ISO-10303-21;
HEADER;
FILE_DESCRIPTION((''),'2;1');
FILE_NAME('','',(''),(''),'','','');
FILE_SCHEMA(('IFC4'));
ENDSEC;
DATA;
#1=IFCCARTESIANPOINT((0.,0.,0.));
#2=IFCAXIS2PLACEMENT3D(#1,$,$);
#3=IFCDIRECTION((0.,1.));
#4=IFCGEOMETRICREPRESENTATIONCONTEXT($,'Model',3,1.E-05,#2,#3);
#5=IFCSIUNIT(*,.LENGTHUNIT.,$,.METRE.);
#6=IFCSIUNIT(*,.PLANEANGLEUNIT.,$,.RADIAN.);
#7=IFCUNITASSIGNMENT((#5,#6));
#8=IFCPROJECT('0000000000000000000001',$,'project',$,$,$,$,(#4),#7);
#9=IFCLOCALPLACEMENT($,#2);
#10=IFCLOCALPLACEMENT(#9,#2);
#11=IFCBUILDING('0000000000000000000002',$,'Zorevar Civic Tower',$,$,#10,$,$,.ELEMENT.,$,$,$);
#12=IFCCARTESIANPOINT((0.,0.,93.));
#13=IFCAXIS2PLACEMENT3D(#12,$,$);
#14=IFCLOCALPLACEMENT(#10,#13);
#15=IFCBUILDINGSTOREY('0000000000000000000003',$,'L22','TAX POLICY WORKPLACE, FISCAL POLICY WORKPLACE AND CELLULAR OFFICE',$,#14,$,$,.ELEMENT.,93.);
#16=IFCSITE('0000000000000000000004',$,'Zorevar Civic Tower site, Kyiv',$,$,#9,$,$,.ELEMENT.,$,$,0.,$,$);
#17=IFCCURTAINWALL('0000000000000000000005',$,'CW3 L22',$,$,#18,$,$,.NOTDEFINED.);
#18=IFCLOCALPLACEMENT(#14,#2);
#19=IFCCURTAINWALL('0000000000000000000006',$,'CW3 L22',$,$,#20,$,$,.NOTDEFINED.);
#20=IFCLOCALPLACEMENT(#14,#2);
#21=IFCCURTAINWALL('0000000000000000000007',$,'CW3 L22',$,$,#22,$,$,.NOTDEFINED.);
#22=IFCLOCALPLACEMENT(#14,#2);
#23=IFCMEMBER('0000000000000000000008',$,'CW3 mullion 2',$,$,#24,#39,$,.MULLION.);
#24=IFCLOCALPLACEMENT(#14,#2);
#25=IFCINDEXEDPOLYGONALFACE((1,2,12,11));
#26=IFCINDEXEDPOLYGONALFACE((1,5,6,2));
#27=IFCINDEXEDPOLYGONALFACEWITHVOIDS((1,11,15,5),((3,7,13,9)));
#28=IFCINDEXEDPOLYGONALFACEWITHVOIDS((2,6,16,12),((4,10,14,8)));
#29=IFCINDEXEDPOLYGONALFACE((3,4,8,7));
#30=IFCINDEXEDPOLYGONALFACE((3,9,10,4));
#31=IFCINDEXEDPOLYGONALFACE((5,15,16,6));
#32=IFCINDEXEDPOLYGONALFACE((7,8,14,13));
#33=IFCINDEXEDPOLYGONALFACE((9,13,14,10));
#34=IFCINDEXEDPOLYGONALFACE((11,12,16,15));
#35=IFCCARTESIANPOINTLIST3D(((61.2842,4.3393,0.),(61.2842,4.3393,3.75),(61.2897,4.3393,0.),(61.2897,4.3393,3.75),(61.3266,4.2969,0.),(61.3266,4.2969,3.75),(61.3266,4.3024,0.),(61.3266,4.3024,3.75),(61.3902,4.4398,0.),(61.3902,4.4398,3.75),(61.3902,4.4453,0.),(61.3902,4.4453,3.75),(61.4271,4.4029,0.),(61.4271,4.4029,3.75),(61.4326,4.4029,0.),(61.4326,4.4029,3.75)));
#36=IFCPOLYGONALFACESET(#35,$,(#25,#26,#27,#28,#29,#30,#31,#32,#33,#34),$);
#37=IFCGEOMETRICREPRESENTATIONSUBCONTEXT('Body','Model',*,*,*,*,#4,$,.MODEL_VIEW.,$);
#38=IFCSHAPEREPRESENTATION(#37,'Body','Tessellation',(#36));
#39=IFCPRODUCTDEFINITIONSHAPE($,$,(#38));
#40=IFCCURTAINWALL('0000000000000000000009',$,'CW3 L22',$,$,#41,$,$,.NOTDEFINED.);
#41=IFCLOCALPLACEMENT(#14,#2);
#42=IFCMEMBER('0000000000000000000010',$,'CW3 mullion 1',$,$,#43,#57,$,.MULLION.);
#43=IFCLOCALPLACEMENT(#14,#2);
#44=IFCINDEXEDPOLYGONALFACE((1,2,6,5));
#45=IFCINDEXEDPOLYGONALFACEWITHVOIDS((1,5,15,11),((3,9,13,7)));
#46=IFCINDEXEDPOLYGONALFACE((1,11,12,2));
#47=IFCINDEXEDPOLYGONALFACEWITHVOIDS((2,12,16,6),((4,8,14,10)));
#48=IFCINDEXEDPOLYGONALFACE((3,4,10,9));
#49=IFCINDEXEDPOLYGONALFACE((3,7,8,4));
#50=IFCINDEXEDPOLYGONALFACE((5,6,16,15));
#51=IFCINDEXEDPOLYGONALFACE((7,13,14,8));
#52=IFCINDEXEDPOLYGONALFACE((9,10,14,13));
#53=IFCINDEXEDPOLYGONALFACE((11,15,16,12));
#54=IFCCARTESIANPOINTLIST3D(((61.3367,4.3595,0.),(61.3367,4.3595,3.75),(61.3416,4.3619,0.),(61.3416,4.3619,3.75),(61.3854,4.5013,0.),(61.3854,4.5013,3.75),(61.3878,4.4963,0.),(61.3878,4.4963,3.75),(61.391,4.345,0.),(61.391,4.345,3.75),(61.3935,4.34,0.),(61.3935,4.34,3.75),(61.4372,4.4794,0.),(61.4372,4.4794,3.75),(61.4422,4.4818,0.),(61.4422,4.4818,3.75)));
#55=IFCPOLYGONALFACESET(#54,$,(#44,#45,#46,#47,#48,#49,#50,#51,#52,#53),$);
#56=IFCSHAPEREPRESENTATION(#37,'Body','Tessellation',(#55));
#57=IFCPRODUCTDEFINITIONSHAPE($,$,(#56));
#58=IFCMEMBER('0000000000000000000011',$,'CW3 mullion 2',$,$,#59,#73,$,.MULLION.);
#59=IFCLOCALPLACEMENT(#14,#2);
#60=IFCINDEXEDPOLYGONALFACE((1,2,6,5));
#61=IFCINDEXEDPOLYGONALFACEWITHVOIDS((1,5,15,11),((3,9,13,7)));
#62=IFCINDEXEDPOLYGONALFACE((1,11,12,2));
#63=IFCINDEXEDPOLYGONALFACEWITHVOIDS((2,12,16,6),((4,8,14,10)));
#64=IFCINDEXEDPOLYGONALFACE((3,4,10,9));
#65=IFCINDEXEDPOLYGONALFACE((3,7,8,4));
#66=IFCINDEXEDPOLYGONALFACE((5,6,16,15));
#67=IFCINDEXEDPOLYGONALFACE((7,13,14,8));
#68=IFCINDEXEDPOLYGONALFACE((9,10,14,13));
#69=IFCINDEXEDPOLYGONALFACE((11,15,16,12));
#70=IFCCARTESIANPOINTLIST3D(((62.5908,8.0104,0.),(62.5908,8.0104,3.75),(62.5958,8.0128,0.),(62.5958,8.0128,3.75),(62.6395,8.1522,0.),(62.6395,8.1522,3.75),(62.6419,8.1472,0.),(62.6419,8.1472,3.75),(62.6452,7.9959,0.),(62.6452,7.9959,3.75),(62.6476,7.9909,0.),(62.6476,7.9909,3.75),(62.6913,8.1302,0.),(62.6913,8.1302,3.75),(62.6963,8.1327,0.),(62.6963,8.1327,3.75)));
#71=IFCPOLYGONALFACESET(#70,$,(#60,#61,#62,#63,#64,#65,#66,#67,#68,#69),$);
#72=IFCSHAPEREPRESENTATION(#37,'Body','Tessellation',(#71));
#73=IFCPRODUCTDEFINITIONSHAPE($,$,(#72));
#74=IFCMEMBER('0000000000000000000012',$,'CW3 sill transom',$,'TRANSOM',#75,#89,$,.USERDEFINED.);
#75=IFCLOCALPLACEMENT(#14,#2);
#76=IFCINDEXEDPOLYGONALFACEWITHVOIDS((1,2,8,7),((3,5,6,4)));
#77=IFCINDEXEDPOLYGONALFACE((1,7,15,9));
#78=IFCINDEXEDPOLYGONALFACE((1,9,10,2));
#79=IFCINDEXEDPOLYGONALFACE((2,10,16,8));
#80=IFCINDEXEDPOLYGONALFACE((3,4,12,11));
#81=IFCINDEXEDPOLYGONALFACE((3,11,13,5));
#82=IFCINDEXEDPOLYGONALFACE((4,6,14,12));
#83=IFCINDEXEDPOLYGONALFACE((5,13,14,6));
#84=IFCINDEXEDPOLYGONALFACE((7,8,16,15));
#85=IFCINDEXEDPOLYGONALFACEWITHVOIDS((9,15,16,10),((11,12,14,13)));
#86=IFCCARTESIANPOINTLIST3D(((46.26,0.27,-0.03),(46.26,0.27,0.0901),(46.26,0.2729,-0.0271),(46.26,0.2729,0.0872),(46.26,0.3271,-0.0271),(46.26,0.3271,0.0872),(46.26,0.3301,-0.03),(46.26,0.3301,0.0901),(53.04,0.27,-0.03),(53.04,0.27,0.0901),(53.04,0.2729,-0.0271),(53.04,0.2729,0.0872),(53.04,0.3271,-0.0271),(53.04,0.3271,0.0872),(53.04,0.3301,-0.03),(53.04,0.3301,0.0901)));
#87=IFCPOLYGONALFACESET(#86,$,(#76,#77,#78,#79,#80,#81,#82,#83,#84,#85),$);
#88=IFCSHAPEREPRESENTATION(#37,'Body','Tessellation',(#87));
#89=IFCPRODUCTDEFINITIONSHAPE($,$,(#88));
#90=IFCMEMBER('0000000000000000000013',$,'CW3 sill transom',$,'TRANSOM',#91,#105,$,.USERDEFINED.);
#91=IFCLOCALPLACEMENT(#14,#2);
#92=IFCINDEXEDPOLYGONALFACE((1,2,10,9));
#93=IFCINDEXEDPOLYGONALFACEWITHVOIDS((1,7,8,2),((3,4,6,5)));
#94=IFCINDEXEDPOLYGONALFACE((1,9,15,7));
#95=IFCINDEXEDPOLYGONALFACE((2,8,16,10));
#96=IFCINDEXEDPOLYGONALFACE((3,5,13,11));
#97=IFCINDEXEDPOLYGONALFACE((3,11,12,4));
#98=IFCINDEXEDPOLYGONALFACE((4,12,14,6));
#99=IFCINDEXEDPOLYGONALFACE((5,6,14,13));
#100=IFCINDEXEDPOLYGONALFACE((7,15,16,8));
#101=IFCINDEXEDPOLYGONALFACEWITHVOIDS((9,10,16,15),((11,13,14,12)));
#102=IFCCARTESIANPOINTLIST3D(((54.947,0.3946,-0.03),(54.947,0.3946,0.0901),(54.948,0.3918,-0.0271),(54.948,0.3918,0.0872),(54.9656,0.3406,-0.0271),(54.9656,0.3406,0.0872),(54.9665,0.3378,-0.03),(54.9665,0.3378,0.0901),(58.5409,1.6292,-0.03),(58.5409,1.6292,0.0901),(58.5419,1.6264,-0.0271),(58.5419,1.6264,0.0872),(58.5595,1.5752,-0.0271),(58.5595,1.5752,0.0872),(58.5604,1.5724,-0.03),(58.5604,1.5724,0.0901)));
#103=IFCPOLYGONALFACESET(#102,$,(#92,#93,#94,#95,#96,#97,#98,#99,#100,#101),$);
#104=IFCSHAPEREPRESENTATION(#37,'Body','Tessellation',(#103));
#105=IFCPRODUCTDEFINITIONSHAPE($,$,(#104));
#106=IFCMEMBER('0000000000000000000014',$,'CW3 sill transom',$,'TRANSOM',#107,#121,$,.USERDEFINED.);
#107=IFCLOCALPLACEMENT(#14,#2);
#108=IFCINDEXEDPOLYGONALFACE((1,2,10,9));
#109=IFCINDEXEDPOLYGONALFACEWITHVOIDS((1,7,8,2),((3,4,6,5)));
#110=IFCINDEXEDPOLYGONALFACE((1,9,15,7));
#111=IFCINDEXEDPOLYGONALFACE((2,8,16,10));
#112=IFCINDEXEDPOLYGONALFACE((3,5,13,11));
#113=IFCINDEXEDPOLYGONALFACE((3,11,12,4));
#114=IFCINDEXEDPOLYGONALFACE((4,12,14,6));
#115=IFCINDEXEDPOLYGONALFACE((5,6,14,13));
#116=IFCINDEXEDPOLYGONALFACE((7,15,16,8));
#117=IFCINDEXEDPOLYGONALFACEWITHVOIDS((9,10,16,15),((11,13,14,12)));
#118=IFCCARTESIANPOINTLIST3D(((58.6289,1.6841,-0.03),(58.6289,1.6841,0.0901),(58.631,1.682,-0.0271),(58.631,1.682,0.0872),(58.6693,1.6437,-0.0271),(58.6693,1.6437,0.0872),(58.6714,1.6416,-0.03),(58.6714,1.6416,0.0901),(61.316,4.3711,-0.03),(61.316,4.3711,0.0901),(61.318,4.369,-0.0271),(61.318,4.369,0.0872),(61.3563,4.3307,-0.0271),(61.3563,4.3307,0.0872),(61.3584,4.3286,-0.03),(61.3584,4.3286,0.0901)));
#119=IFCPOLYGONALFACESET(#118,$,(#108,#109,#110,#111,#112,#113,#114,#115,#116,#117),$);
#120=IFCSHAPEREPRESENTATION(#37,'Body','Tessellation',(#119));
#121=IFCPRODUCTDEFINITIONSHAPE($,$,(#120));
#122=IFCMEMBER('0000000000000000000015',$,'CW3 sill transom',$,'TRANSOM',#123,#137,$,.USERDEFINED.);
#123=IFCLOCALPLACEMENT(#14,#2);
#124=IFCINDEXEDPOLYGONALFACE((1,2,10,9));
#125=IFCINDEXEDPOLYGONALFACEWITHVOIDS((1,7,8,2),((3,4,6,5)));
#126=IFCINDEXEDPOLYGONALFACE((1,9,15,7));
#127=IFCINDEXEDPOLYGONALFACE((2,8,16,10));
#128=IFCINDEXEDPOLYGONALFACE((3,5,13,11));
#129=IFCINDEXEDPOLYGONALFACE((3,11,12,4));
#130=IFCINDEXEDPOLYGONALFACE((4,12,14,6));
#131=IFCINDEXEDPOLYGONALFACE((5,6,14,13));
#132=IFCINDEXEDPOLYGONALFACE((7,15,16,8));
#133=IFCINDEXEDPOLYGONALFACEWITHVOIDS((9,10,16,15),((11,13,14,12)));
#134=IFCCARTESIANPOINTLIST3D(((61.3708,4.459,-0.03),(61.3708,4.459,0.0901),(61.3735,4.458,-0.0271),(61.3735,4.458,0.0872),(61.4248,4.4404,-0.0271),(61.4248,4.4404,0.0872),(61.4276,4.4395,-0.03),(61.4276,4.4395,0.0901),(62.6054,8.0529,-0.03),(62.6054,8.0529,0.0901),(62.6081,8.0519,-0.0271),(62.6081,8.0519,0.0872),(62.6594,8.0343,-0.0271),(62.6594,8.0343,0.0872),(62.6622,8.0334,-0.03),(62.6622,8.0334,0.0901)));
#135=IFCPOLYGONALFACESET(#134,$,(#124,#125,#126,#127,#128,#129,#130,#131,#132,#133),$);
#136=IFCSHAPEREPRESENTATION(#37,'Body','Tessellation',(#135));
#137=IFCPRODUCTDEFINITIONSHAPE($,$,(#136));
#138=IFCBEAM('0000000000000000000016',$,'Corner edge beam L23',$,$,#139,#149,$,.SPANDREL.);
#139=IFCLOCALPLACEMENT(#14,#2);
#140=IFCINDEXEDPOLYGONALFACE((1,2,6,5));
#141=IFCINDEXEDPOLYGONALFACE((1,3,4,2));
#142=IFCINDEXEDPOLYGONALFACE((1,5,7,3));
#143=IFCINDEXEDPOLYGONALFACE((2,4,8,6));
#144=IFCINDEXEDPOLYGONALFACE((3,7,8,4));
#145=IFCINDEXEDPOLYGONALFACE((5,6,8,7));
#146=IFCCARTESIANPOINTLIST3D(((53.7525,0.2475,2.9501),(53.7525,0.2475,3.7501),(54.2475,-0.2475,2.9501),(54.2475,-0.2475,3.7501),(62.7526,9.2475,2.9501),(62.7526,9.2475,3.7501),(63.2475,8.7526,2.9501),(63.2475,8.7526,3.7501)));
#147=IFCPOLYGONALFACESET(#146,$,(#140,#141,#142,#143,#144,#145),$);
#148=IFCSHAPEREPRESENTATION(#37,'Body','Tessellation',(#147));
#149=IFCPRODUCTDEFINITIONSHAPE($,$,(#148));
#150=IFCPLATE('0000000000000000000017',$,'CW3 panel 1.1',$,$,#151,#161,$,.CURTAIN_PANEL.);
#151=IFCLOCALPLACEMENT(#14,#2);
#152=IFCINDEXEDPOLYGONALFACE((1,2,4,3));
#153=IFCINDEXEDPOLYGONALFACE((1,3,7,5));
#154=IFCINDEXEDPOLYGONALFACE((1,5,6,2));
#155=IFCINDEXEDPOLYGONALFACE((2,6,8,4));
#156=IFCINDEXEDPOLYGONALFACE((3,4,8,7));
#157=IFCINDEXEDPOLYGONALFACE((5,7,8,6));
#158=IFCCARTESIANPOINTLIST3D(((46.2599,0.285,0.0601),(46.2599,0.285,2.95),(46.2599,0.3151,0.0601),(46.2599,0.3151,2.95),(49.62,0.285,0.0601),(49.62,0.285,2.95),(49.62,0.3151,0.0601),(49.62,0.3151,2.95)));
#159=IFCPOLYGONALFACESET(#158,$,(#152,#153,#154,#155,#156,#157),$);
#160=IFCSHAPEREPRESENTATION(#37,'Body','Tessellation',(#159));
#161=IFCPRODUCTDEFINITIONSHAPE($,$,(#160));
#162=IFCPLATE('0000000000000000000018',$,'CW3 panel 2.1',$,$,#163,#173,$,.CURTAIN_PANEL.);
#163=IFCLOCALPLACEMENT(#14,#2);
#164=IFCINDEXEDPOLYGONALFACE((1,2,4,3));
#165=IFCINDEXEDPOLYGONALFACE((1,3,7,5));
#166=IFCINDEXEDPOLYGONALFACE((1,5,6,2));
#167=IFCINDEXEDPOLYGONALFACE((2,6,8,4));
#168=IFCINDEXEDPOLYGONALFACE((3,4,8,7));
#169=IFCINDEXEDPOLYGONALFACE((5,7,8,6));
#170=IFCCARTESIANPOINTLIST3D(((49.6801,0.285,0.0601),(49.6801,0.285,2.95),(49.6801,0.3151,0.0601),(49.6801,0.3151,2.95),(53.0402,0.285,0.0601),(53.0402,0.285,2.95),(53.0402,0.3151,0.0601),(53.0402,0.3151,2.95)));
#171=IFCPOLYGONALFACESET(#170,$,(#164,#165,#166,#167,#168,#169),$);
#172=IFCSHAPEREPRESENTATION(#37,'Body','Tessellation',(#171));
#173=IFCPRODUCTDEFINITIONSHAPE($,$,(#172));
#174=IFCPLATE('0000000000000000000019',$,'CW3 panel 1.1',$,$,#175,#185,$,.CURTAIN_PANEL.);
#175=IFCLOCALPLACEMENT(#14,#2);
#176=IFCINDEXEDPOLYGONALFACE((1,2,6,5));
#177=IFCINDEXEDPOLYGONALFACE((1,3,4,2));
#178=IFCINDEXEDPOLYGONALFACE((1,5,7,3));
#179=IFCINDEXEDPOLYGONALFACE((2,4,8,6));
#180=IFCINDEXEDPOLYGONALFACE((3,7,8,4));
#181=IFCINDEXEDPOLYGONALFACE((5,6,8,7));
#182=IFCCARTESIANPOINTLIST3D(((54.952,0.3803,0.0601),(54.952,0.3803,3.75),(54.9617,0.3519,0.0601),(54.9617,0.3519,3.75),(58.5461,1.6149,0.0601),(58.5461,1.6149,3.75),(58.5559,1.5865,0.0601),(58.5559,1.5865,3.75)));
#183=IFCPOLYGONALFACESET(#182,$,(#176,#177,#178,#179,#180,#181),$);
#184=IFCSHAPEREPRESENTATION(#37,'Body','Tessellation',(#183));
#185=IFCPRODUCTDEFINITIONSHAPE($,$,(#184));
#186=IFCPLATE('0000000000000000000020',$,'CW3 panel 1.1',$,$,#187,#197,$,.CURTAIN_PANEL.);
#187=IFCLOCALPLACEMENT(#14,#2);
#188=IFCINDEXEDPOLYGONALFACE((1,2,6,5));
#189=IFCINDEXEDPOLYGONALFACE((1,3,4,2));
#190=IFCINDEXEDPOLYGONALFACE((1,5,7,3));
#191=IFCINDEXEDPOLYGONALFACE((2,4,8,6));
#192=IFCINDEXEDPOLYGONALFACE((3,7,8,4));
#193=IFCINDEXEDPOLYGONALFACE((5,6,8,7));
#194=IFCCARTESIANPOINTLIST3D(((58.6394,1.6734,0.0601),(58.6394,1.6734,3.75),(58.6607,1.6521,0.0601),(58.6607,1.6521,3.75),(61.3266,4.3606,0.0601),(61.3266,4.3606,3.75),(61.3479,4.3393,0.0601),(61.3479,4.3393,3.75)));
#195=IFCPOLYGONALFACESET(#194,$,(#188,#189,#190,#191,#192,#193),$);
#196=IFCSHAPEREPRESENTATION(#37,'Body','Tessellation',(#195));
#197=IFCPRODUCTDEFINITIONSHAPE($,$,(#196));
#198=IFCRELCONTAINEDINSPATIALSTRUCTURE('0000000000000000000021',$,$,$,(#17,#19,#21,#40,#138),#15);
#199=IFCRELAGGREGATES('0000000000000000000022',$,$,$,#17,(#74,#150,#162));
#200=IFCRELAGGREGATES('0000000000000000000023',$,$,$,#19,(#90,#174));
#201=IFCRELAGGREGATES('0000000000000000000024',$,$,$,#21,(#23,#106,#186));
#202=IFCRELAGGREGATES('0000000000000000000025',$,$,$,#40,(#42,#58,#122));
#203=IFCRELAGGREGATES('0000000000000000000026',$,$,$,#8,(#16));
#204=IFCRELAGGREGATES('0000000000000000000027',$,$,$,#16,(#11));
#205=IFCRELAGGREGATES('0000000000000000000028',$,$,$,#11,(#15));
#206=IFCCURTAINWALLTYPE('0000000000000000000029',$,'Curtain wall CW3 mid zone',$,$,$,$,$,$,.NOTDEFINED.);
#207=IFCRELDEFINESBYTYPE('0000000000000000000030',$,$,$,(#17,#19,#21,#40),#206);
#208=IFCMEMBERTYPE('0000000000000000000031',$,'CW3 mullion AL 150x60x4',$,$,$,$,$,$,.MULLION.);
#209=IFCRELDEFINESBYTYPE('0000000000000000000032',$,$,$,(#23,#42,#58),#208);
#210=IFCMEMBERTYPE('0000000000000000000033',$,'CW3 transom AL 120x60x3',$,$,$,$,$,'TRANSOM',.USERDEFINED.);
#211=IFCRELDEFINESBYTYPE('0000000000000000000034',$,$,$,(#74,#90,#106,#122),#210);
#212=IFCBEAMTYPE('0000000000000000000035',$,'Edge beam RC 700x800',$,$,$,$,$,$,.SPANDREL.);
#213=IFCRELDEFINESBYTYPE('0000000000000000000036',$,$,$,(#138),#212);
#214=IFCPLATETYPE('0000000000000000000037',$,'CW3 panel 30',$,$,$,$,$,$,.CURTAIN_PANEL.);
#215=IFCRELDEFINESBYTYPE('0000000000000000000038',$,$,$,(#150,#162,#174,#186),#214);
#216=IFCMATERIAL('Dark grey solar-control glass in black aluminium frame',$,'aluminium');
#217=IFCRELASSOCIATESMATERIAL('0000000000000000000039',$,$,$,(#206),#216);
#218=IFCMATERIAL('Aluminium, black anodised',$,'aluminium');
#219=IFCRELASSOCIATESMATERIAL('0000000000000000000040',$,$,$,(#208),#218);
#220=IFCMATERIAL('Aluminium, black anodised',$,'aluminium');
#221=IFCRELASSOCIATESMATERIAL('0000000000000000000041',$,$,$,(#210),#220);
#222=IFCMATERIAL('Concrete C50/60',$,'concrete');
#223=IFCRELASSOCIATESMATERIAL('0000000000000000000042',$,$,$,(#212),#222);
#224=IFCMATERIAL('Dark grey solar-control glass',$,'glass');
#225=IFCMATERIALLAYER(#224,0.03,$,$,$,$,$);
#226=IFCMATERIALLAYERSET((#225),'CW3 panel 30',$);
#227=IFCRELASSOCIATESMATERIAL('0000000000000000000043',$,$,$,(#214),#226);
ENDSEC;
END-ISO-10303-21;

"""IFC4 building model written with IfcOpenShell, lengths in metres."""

from ifc_helpers import new_model, si_unit, direction, frame, origin, origin_2d, place, context, subcontext, project, spatial, rectangle, hollow_rectangle, extrude, material, layer, layer_set, material_profile, profile_set, type_object, element, aggregate, save


model = new_model("IFC4")

# Units and contexts
model_context = context("Model", 3, precision=1e-05, world=origin(), true_north=direction((0.0, 1.0)))
body_context = subcontext(model_context, "Body", "Model", "MODEL_VIEW")
ifc_project = project(units=[si_unit("LENGTHUNIT", "METRE"), si_unit("PLANEANGLEUNIT", "RADIAN")], contexts=[model_context])

# Site, building, storey
site_placement = place(None, origin())
site = spatial("IfcSite", under=ifc_project, at=site_placement, Name="Zorevar Civic Tower site, Kyiv", CompositionType="ELEMENT", RefElevation=0.0)
building_placement = place(site_placement, origin())
building = spatial("IfcBuilding", under=site, at=building_placement, Name="Zorevar Civic Tower", CompositionType="ELEMENT")
storey_placement = place(building_placement, frame((0.0, 0.0, 93.0)))
storey = spatial("IfcBuildingStorey", under=building, at=storey_placement, Name="L22", Description="TAX POLICY WORKPLACE, FISCAL POLICY WORKPLACE AND CELLULAR OFFICE", CompositionType="ELEMENT", Elevation=93.0)

# Curtain walls, members
ifc_material_1 = material(Name="Dark grey solar-control glass in black aluminium frame", Category="aluminium")
curtain_wall_type = type_object("IfcCurtainWallType", Name="Curtain wall CW3 mid zone", PredefinedType="NOTDEFINED", material=ifc_material_1)
curtain_wall_1_placement = place(storey_placement, origin())
curtain_wall_1 = element("IfcCurtainWall", 1, at=curtain_wall_1_placement, inside=storey, type_object=curtain_wall_type, Name="CW3 L22", PredefinedType="NOTDEFINED")
ifc_material_2 = material(Name="Aluminium, black anodised", Category="aluminium")
ifc_material_profile_1 = material_profile(ifc_material_2, hollow_rectangle(XDim=0.0601, YDim=0.1499, WallThickness=0.0039, at=origin_2d()), Name="AL 150x60x4")
ifc_profile_set_1 = profile_set([ifc_material_profile_1], Name="Aluminium, black anodised")
member_type_1 = type_object("IfcMemberType", Name="CW3 mullion AL 150x60x4", PredefinedType="MULLION", material=ifc_profile_set_1)
curtain_wall_2_placement = place(storey_placement, origin())
curtain_wall_2 = element("IfcCurtainWall", 2, at=curtain_wall_2_placement, inside=storey, type_object=curtain_wall_type, Name="CW3 L22", PredefinedType="NOTDEFINED")
curtain_wall_3_placement = place(storey_placement, origin())
curtain_wall_3 = element("IfcCurtainWall", 3, at=curtain_wall_3_placement, inside=storey, type_object=curtain_wall_type, Name="CW3 L22", PredefinedType="NOTDEFINED")
member_1_placement = place(storey_placement, frame((61.3584, 4.3711, 0.0), z_axis=(0.0, 0.0, 1.0), x_axis=(-0.707107, 0.707107, 0.0)))
member_1 = element("IfcMember", 4, at=member_1_placement, type_object=member_type_1, Name="CW3 mullion 2", PredefinedType="MULLION", context=body_context, shape_type="SweptSolid", body=[
    extrude(hollow_rectangle(XDim=0.0601, YDim=0.1499, WallThickness=0.0039, at=origin_2d()), origin(), (0.0, 0.0, 1.0), 3.75),
])
curtain_wall_4_placement = place(storey_placement, origin())
curtain_wall_4 = element("IfcCurtainWall", 5, at=curtain_wall_4_placement, inside=storey, type_object=curtain_wall_type, Name="CW3 L22", PredefinedType="NOTDEFINED")
member_2_placement = place(storey_placement, frame((61.3894, 4.4207, 0.0), z_axis=(0.0, 0.0, 1.0), x_axis=(-0.945756, 0.324878, 0.0)))
member_2 = element("IfcMember", 6, at=member_2_placement, type_object=member_type_1, Name="CW3 mullion 1", PredefinedType="MULLION", context=body_context, shape_type="SweptSolid", body=[
    extrude(hollow_rectangle(XDim=0.0601, YDim=0.1499, WallThickness=0.0039, at=origin_2d()), origin(), (0.0, 0.0, 1.0), 3.75),
])
member_3_placement = place(storey_placement, frame((62.6436, 8.0715, 0.0), z_axis=(0.0, 0.0, 1.0), x_axis=(-0.945756, 0.324878, 0.0)))
member_3 = element("IfcMember", 7, at=member_3_placement, type_object=member_type_1, Name="CW3 mullion 2", PredefinedType="MULLION", context=body_context, shape_type="SweptSolid", body=[
    extrude(hollow_rectangle(XDim=0.0601, YDim=0.1499, WallThickness=0.0039, at=origin_2d()), origin(), (0.0, 0.0, 1.0), 3.75),
])

# Members
ifc_material_3 = material(Name="Aluminium, black anodised", Category="aluminium")
ifc_material_profile_2 = material_profile(ifc_material_3, hollow_rectangle(XDim=0.0601, YDim=0.1201, WallThickness=0.0029, at=origin_2d()), Name="AL 120x60x3")
ifc_profile_set_2 = profile_set([ifc_material_profile_2], Name="Aluminium, black anodised")
member_type_2 = type_object("IfcMemberType", Name="CW3 transom AL 120x60x3", ElementType="TRANSOM", PredefinedType="USERDEFINED", material=ifc_profile_set_2)
member_4_placement = place(storey_placement, frame((46.26, 0.3, 0.03), z_axis=(1.0, 0.0, 0.0), x_axis=(0.0, 1.0, 0.0)))
member_4 = element("IfcMember", 8, at=member_4_placement, type_object=member_type_2, Name="CW3 sill transom", ObjectType="TRANSOM", PredefinedType="USERDEFINED", context=body_context, shape_type="SweptSolid", body=[
    extrude(hollow_rectangle(XDim=0.0601, YDim=0.1201, WallThickness=0.0029, at=origin_2d()), origin(), (0.0, 0.0, 1.0), 6.78),
])
member_5_placement = place(storey_placement, frame((54.9568, 0.3662, 0.03), z_axis=(0.945753, 0.324888, 0.0), x_axis=(-0.324888, 0.945753, 0.0)))
member_5 = element("IfcMember", 9, at=member_5_placement, type_object=member_type_2, Name="CW3 sill transom", ObjectType="TRANSOM", PredefinedType="USERDEFINED", context=body_context, shape_type="SweptSolid", body=[
    extrude(hollow_rectangle(XDim=0.0601, YDim=0.1201, WallThickness=0.0029, at=origin_2d()), origin(), (0.0, 0.0, 1.0), 3.8),
])
member_6_placement = place(storey_placement, frame((58.6501, 1.6628, 0.03), z_axis=(0.707107, 0.707107, 0.0), x_axis=(-0.707107, 0.707107, 0.0)))
member_6 = element("IfcMember", 10, at=member_6_placement, type_object=member_type_2, Name="CW3 sill transom", ObjectType="TRANSOM", PredefinedType="USERDEFINED", context=body_context, shape_type="SweptSolid", body=[
    extrude(hollow_rectangle(XDim=0.0601, YDim=0.1201, WallThickness=0.0029, at=origin_2d()), origin(), (0.0, 0.0, 1.0), 3.8),
])
member_7_placement = place(storey_placement, frame((61.3992, 4.4492, 0.03), z_axis=(0.324888, 0.945753, 0.0), x_axis=(-0.945753, 0.324888, 0.0)))
member_7 = element("IfcMember", 11, at=member_7_placement, type_object=member_type_2, Name="CW3 sill transom", ObjectType="TRANSOM", PredefinedType="USERDEFINED", context=body_context, shape_type="SweptSolid", body=[
    extrude(hollow_rectangle(XDim=0.0601, YDim=0.1201, WallThickness=0.0029, at=origin_2d()), origin(), (0.0, 0.0, 1.0), 3.8),
])

# Beam
ifc_material_4 = material(Name="Concrete C50/60", Category="concrete")
ifc_material_profile_3 = material_profile(ifc_material_4, rectangle(XDim=0.7, YDim=0.8, at=origin_2d()), Name="RC 700x800")
ifc_profile_set_3 = profile_set([ifc_material_profile_3], Name="Concrete C50/60")
beam_type_1 = type_object("IfcBeamType", Name="Edge beam RC 700x800", PredefinedType="SPANDREL", material=ifc_profile_set_3)
beam_1_placement = place(storey_placement, frame((54.0, 0.0, 3.3501), z_axis=(0.707107, 0.707107, 0.0), x_axis=(-0.707107, 0.707107, 0.0)))
element("IfcBeam", 12, at=beam_1_placement, inside=storey, type_object=beam_type_1, Name="Corner edge beam L23", PredefinedType="SPANDREL", context=body_context, shape_type="SweptSolid", body=[
    extrude(rectangle(XDim=0.7, YDim=0.8, at=origin_2d()), origin(), (0.0, 0.0, 1.0), 12.728),
])

# Plates
ifc_material_5 = material(Name="Dark grey solar-control glass", Category="glass")
ifc_layer_1 = layer(ifc_material_5, 0.03)
ifc_layer_set_1 = layer_set([ifc_layer_1], Name="CW3 panel 30")
plate_type = type_object("IfcPlateType", Name="CW3 panel 30", PredefinedType="CURTAIN_PANEL", material=ifc_layer_set_1)
plate_1_placement = place(storey_placement, frame((47.9399, 0.3, 0.0601), z_axis=(0.0, 0.0, 1.0), x_axis=(1.0, 0.0, 0.0)))
plate_1 = element("IfcPlate", 13, at=plate_1_placement, type_object=plate_type, Name="CW3 panel 1.1", PredefinedType="CURTAIN_PANEL", context=body_context, shape_type="SweptSolid", body=[
    extrude(rectangle(XDim=3.3601, YDim=0.03, at=origin_2d()), origin(), (0.0, 0.0, 1.0), 2.8899),
])
plate_2_placement = place(storey_placement, frame((51.3601, 0.3, 0.0601), z_axis=(0.0, 0.0, 1.0), x_axis=(1.0, 0.0, 0.0)))
plate_2 = element("IfcPlate", 14, at=plate_2_placement, type_object=plate_type, Name="CW3 panel 2.1", PredefinedType="CURTAIN_PANEL", context=body_context, shape_type="SweptSolid", body=[
    extrude(rectangle(XDim=3.3601, YDim=0.03, at=origin_2d()), origin(), (0.0, 0.0, 1.0), 2.8899),
])
aggregate(curtain_wall_1, [member_4, plate_1, plate_2])
plate_3_placement = place(storey_placement, frame((56.7539, 0.9834, 0.0601), z_axis=(0.0, 0.0, 1.0), x_axis=(0.945756, 0.324878, 0.0)))
plate_3 = element("IfcPlate", 15, at=plate_3_placement, type_object=plate_type, Name="CW3 panel 1.1", PredefinedType="CURTAIN_PANEL", context=body_context, shape_type="SweptSolid", body=[
    extrude(rectangle(XDim=3.8003, YDim=0.03, at=origin_2d()), origin(), (0.0, 0.0, 1.0), 3.6899),
])
aggregate(curtain_wall_2, [member_5, plate_3])
plate_4_placement = place(storey_placement, frame((59.9937, 3.0063, 0.0601), z_axis=(0.0, 0.0, 1.0), x_axis=(0.707107, 0.707107, 0.0)))
plate_4 = element("IfcPlate", 16, at=plate_4_placement, type_object=plate_type, Name="CW3 panel 1.1", PredefinedType="CURTAIN_PANEL", context=body_context, shape_type="SweptSolid", body=[
    extrude(rectangle(XDim=3.8003, YDim=0.03, at=origin_2d()), origin(), (0.0, 0.0, 1.0), 3.6899),
])
aggregate(curtain_wall_3, [member_1, member_6, plate_4])
aggregate(curtain_wall_4, [member_2, member_3, member_7])

save(model, "model.ifc")
